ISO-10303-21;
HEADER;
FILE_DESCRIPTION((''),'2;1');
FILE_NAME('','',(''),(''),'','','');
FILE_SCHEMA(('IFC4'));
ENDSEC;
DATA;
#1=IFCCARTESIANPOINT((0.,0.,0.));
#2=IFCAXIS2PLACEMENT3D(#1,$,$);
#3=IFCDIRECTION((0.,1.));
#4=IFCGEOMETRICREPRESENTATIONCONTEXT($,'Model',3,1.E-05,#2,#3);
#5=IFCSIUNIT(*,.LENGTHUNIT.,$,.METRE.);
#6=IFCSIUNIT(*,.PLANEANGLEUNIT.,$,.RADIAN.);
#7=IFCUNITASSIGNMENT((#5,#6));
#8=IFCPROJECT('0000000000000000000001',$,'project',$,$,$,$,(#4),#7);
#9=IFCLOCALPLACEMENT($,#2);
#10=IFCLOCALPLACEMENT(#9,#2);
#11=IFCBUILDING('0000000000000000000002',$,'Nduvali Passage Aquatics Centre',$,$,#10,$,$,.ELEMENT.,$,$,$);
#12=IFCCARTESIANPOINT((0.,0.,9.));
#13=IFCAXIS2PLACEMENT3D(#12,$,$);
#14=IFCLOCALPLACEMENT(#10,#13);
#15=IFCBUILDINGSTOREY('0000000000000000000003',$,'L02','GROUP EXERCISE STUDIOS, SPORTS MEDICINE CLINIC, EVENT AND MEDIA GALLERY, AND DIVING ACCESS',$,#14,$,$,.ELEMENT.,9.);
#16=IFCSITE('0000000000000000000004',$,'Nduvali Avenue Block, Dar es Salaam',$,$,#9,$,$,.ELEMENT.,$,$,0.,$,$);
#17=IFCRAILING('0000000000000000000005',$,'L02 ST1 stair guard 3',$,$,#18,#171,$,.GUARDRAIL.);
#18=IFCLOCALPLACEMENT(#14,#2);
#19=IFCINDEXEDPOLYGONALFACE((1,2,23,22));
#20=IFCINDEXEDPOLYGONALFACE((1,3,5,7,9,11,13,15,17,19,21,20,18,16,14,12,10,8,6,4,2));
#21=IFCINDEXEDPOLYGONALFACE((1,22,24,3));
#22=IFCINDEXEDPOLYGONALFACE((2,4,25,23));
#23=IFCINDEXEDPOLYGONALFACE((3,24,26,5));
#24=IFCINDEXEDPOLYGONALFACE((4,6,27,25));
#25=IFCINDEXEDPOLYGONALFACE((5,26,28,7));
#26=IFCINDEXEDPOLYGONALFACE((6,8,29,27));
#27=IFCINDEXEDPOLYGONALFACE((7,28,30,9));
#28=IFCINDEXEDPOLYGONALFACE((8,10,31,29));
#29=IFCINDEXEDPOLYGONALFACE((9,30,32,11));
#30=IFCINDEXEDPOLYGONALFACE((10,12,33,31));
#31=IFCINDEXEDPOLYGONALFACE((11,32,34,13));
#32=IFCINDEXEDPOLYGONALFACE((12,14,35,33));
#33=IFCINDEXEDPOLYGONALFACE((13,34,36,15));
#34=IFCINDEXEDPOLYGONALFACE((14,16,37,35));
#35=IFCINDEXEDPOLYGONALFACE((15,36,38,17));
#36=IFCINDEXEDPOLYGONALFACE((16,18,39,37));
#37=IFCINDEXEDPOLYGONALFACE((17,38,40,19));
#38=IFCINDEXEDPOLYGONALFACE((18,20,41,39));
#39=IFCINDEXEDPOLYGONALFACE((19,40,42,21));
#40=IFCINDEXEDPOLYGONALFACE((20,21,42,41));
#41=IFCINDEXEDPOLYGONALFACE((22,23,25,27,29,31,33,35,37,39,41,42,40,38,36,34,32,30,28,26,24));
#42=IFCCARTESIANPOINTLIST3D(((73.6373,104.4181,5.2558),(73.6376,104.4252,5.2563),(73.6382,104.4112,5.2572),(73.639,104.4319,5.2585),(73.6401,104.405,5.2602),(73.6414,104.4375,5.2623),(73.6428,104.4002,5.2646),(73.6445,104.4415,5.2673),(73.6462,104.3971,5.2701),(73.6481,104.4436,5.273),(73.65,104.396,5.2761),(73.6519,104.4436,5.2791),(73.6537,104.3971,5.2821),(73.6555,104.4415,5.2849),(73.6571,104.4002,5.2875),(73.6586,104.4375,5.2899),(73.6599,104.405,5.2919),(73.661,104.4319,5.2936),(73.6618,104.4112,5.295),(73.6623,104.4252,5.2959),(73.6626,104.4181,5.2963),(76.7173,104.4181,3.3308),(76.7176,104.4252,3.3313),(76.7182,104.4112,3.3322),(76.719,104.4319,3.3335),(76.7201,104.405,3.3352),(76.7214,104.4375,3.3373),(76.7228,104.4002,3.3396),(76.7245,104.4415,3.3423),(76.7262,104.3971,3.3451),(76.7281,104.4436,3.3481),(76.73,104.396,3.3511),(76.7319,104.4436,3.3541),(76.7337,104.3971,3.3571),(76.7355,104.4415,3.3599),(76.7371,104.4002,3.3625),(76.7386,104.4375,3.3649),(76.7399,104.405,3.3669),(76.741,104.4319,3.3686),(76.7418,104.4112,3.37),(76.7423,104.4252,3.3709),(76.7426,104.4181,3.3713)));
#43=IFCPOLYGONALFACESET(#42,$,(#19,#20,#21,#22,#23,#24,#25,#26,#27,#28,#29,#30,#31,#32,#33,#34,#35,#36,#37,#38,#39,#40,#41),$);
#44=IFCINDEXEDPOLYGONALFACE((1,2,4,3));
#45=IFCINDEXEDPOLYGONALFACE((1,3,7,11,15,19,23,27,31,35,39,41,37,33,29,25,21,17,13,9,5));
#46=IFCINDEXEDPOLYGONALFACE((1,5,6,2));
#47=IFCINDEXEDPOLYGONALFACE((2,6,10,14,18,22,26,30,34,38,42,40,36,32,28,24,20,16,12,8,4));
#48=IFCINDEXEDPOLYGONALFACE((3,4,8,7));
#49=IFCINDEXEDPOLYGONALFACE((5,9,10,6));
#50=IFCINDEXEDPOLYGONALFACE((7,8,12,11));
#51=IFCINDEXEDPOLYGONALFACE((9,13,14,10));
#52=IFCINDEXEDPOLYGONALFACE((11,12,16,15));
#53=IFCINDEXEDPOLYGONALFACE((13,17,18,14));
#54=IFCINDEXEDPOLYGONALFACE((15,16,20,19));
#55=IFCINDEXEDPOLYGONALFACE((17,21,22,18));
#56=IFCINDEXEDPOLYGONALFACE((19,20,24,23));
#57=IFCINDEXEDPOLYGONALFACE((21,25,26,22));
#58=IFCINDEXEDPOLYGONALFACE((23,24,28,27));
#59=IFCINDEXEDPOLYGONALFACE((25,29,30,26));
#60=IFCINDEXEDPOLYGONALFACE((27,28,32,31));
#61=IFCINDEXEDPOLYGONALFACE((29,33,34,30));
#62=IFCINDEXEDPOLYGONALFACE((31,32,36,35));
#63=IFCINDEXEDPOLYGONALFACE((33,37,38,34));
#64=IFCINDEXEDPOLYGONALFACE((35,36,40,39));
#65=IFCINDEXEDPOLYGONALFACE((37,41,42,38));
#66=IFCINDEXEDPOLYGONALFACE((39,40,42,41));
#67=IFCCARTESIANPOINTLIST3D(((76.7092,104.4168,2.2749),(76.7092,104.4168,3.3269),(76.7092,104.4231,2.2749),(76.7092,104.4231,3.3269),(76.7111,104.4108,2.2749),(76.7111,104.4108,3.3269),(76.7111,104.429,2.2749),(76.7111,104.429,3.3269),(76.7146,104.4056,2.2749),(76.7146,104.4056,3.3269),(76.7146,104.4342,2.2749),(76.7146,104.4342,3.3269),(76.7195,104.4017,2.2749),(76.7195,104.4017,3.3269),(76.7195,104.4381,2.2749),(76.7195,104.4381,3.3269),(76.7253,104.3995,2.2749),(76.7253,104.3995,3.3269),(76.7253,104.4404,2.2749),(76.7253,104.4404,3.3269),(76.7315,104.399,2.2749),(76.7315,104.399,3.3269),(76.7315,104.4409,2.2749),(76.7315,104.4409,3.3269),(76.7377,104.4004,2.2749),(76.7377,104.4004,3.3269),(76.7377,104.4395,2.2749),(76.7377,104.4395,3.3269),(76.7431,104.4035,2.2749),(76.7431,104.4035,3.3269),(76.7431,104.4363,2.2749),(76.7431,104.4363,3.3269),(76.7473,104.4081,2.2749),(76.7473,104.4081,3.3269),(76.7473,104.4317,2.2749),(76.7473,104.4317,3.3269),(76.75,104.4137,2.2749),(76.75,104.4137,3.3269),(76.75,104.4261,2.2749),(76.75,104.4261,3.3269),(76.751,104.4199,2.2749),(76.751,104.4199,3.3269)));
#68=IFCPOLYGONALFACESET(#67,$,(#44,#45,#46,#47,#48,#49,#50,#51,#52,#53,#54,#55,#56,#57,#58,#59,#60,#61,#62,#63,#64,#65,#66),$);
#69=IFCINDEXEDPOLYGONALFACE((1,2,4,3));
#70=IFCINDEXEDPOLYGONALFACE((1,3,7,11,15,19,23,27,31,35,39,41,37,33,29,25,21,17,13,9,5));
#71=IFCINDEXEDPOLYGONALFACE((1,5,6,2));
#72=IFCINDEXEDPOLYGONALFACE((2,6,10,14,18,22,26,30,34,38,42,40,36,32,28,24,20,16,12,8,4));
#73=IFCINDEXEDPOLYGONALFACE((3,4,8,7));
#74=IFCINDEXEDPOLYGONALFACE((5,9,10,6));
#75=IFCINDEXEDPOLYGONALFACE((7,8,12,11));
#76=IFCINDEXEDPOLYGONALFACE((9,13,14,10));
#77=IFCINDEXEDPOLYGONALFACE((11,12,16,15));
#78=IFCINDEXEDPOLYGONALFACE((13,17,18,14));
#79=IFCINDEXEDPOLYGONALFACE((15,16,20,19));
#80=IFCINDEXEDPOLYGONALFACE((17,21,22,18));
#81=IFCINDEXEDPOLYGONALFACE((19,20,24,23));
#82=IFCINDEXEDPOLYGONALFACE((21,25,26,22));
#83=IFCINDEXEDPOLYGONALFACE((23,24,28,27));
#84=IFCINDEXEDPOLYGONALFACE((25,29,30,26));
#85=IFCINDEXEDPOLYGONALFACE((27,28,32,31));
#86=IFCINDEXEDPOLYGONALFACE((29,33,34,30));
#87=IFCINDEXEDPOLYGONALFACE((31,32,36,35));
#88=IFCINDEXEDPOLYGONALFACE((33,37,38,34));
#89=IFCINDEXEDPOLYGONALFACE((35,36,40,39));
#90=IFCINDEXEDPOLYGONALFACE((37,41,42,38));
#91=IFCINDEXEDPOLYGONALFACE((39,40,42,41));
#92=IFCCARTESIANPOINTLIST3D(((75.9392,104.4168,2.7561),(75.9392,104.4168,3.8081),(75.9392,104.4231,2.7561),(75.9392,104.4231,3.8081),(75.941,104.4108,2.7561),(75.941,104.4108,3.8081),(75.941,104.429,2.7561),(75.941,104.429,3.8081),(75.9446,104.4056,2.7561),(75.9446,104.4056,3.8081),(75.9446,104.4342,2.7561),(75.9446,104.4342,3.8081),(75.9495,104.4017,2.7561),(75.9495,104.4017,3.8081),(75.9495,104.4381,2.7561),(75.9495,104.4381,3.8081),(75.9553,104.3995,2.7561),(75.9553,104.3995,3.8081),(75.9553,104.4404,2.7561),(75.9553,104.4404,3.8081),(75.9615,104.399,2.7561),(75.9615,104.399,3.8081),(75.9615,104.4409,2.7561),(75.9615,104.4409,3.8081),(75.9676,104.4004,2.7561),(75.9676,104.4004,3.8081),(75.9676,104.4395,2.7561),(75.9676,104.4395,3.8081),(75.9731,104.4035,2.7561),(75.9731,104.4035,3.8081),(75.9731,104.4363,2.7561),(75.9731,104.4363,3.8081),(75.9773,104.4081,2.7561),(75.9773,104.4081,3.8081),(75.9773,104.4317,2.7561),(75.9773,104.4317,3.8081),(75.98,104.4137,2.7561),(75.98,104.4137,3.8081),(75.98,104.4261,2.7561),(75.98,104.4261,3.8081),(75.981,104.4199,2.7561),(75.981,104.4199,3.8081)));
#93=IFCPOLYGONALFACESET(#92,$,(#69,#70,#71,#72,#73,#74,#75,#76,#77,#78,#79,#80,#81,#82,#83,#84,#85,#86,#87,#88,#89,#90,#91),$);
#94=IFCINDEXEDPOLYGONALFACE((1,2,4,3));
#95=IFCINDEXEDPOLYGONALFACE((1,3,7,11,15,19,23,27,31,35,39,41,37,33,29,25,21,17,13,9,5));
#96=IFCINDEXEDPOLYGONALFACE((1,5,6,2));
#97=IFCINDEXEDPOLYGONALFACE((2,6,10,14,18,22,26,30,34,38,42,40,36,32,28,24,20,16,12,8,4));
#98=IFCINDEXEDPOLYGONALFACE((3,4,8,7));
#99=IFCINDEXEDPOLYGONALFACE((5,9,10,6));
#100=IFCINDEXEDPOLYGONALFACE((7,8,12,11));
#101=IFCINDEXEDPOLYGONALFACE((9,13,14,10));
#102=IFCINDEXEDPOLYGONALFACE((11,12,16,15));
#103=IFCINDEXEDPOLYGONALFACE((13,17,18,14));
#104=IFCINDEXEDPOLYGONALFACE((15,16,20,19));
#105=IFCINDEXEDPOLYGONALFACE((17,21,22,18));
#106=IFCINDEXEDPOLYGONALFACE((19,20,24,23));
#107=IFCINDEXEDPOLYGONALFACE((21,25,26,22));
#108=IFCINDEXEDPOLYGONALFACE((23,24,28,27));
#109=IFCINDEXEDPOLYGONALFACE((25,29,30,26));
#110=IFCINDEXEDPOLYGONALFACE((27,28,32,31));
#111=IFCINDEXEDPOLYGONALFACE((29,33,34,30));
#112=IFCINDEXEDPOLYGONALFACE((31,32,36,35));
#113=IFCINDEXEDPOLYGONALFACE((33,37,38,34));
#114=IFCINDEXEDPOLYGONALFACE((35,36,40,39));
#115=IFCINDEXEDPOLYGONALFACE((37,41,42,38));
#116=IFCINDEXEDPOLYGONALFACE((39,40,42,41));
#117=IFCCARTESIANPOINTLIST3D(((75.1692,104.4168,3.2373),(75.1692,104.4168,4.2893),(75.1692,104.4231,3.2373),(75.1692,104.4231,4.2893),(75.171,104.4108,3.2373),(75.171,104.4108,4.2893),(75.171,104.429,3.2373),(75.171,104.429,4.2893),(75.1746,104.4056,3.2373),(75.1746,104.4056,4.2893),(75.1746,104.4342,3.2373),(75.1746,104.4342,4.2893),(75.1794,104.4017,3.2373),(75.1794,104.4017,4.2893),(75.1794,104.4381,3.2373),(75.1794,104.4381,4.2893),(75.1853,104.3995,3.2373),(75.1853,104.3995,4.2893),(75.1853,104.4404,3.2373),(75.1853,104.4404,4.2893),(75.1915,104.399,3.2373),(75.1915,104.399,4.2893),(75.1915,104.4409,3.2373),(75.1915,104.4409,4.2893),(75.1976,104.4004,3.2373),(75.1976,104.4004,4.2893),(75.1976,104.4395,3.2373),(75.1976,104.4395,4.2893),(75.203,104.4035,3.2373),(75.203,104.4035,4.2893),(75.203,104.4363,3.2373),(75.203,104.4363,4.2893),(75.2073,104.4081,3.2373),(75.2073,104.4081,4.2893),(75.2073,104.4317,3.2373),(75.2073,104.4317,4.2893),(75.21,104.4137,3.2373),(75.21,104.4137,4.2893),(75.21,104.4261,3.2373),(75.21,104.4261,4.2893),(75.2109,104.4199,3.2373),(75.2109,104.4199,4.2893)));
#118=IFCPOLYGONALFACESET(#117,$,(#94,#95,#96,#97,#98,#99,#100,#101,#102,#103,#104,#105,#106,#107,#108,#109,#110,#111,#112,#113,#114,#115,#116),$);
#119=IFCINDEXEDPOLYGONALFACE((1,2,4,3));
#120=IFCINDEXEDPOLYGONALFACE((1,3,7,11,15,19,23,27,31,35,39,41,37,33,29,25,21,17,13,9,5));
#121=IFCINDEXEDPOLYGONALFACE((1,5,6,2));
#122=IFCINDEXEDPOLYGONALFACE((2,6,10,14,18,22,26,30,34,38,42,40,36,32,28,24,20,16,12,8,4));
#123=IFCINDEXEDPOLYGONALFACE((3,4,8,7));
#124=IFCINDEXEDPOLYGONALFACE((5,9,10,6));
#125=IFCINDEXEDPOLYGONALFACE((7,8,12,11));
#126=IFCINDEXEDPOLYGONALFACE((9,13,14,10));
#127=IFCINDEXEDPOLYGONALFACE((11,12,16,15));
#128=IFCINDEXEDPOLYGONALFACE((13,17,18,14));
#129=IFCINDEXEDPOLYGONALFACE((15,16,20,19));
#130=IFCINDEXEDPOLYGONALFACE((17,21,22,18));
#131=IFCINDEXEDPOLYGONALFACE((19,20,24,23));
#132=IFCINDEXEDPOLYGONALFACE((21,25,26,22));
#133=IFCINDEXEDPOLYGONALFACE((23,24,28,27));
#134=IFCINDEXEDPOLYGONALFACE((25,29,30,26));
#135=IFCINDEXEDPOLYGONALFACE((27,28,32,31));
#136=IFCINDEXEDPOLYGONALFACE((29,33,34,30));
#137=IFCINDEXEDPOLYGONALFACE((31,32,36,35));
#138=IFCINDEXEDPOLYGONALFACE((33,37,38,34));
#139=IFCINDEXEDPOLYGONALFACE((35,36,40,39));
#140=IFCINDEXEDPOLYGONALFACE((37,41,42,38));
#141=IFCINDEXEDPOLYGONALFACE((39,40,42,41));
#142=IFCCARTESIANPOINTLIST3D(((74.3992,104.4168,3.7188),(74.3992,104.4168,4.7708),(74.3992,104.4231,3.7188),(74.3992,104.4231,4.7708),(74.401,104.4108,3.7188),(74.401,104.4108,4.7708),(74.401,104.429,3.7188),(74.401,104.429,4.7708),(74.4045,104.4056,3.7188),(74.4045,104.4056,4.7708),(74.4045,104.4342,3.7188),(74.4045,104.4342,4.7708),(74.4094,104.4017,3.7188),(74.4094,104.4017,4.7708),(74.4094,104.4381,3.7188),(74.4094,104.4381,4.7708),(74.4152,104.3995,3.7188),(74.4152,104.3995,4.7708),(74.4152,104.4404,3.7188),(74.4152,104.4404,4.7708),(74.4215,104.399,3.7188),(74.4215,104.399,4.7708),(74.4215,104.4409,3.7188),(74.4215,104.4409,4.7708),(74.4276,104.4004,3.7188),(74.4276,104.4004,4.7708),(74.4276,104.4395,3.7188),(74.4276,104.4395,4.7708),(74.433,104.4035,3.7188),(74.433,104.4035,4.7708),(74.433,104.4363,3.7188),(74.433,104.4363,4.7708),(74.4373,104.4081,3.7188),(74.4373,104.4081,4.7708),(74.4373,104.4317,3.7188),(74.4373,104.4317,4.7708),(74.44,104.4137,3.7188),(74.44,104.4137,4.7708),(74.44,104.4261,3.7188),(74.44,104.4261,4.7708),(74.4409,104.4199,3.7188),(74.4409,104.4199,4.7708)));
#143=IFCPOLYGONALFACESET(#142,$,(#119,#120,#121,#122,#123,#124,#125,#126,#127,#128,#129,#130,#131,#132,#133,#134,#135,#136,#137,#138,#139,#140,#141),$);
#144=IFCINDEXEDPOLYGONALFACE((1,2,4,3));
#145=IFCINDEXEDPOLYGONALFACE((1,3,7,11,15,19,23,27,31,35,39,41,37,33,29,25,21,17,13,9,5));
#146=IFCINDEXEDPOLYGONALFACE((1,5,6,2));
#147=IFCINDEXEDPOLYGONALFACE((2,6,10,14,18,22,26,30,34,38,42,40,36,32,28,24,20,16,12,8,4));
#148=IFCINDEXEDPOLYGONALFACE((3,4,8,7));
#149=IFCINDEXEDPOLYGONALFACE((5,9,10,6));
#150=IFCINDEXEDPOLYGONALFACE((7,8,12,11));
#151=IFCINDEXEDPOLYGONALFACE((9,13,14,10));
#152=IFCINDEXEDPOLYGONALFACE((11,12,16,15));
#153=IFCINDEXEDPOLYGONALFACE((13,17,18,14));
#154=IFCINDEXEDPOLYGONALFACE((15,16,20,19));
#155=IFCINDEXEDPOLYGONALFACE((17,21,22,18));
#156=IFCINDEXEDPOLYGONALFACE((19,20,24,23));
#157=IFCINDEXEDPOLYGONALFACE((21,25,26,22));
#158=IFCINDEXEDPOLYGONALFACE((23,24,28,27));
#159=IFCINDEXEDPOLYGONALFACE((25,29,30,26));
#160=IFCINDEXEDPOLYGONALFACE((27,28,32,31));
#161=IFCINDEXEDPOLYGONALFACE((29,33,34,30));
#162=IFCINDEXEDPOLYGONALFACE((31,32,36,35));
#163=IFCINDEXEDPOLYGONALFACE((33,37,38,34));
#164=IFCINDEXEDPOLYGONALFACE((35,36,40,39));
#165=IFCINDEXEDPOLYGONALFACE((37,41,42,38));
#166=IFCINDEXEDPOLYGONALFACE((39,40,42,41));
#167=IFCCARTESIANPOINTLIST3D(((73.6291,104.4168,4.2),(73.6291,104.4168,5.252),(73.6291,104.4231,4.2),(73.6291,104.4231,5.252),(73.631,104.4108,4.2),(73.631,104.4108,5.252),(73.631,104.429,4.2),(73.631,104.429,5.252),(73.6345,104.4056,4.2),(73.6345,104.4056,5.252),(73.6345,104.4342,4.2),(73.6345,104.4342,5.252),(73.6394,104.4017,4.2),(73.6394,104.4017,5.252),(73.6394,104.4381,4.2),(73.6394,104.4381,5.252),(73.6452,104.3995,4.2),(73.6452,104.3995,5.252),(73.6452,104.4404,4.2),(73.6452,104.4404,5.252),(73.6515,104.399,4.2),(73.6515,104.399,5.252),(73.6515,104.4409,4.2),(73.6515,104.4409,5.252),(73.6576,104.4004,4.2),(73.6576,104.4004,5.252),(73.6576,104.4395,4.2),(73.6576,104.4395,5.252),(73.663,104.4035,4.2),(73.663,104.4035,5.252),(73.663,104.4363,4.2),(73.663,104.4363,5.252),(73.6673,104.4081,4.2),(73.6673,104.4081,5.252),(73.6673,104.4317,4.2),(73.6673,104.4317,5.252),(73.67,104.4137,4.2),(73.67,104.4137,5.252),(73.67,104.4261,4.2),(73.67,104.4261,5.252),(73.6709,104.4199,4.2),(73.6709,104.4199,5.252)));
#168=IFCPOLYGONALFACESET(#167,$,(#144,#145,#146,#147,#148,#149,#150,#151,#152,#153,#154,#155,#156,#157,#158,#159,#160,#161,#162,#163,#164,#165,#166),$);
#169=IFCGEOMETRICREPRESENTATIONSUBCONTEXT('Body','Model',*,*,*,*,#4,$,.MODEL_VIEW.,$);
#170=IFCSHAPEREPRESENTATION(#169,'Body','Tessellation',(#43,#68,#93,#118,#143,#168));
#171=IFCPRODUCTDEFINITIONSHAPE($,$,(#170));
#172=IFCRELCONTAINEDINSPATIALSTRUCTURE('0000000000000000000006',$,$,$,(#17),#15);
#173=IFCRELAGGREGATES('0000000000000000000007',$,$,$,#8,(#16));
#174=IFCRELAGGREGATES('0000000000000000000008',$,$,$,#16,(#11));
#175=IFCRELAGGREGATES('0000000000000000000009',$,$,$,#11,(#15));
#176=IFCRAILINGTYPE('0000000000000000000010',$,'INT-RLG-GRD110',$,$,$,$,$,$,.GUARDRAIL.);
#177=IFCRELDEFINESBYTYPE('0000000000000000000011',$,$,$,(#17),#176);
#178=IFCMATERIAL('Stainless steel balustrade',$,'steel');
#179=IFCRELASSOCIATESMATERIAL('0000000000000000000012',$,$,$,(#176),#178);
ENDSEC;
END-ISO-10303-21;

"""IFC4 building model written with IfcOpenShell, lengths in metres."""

from ifc_helpers import new_model, si_unit, direction, frame, origin, origin_2d, place, context, subcontext, project, spatial, circle, extrude, material, type_object, element, save


model = new_model("IFC4")

# Units and contexts
model_context = context("Model", 3, precision=1e-05, world=origin(), true_north=direction((0.0, 1.0)))
body_context = subcontext(model_context, "Body", "Model", "MODEL_VIEW")
ifc_project = project(units=[si_unit("LENGTHUNIT", "METRE"), si_unit("PLANEANGLEUNIT", "RADIAN")], contexts=[model_context])

# Site, building, storey
site_placement = place(None, origin())
site = spatial("IfcSite", under=ifc_project, at=site_placement, Name="Nduvali Avenue Block, Dar es Salaam", CompositionType="ELEMENT", RefElevation=0.0)
building_placement = place(site_placement, origin())
building = spatial("IfcBuilding", under=site, at=building_placement, Name="Nduvali Passage Aquatics Centre", CompositionType="ELEMENT")
storey_placement = place(building_placement, frame((0.0, 0.0, 9.0)))
storey = spatial("IfcBuildingStorey", under=building, at=storey_placement, Name="L02", Description="GROUP EXERCISE STUDIOS, SPORTS MEDICINE CLINIC, EVENT AND MEDIA GALLERY, AND DIVING ACCESS", CompositionType="ELEMENT", Elevation=9.0)

# Railing
ifc_material_1 = material(Name="Stainless steel balustrade", Category="steel")
railing_type_1 = type_object("IfcRailingType", Name="INT-RLG-GRD110", PredefinedType="GUARDRAIL", material=ifc_material_1)
railing_1_placement = place(storey_placement, frame((76.73, 104.4199, 2.2749)))
element("IfcRailing", 1, at=railing_1_placement, inside=storey, type_object=railing_type_1, Name="L02 ST1 stair guard 3", PredefinedType="GUARDRAIL", context=body_context, shape_type="SweptSolid", body=[
    extrude(circle(Radius=0.0239, at=origin_2d()), frame((0.0, 0.0, 1.0762), z_axis=(-0.847998, 0.0, 0.529999), x_axis=(0.0, -1.0, 0.0)), (0.0, 0.0, 1.0), 3.6321),
    extrude(circle(Radius=0.021, at=origin_2d()), origin(), (0.0, 0.0, 1.0), 1.052),
    extrude(circle(Radius=0.021, at=origin_2d()), frame((-0.77, 0.0, 0.4812)), (0.0, 0.0, 1.0), 1.052),
    extrude(circle(Radius=0.021, at=origin_2d()), frame((-1.54, 0.0, 0.9624)), (0.0, 0.0, 1.0), 1.052),
    extrude(circle(Radius=0.021, at=origin_2d()), frame((-2.3101, 0.0, 1.4438)), (0.0, 0.0, 1.0), 1.052),
    extrude(circle(Radius=0.021, at=origin_2d()), frame((-3.0801, 0.0, 1.925)), (0.0, 0.0, 1.0), 1.052),
])

save(model, "model.ifc")
